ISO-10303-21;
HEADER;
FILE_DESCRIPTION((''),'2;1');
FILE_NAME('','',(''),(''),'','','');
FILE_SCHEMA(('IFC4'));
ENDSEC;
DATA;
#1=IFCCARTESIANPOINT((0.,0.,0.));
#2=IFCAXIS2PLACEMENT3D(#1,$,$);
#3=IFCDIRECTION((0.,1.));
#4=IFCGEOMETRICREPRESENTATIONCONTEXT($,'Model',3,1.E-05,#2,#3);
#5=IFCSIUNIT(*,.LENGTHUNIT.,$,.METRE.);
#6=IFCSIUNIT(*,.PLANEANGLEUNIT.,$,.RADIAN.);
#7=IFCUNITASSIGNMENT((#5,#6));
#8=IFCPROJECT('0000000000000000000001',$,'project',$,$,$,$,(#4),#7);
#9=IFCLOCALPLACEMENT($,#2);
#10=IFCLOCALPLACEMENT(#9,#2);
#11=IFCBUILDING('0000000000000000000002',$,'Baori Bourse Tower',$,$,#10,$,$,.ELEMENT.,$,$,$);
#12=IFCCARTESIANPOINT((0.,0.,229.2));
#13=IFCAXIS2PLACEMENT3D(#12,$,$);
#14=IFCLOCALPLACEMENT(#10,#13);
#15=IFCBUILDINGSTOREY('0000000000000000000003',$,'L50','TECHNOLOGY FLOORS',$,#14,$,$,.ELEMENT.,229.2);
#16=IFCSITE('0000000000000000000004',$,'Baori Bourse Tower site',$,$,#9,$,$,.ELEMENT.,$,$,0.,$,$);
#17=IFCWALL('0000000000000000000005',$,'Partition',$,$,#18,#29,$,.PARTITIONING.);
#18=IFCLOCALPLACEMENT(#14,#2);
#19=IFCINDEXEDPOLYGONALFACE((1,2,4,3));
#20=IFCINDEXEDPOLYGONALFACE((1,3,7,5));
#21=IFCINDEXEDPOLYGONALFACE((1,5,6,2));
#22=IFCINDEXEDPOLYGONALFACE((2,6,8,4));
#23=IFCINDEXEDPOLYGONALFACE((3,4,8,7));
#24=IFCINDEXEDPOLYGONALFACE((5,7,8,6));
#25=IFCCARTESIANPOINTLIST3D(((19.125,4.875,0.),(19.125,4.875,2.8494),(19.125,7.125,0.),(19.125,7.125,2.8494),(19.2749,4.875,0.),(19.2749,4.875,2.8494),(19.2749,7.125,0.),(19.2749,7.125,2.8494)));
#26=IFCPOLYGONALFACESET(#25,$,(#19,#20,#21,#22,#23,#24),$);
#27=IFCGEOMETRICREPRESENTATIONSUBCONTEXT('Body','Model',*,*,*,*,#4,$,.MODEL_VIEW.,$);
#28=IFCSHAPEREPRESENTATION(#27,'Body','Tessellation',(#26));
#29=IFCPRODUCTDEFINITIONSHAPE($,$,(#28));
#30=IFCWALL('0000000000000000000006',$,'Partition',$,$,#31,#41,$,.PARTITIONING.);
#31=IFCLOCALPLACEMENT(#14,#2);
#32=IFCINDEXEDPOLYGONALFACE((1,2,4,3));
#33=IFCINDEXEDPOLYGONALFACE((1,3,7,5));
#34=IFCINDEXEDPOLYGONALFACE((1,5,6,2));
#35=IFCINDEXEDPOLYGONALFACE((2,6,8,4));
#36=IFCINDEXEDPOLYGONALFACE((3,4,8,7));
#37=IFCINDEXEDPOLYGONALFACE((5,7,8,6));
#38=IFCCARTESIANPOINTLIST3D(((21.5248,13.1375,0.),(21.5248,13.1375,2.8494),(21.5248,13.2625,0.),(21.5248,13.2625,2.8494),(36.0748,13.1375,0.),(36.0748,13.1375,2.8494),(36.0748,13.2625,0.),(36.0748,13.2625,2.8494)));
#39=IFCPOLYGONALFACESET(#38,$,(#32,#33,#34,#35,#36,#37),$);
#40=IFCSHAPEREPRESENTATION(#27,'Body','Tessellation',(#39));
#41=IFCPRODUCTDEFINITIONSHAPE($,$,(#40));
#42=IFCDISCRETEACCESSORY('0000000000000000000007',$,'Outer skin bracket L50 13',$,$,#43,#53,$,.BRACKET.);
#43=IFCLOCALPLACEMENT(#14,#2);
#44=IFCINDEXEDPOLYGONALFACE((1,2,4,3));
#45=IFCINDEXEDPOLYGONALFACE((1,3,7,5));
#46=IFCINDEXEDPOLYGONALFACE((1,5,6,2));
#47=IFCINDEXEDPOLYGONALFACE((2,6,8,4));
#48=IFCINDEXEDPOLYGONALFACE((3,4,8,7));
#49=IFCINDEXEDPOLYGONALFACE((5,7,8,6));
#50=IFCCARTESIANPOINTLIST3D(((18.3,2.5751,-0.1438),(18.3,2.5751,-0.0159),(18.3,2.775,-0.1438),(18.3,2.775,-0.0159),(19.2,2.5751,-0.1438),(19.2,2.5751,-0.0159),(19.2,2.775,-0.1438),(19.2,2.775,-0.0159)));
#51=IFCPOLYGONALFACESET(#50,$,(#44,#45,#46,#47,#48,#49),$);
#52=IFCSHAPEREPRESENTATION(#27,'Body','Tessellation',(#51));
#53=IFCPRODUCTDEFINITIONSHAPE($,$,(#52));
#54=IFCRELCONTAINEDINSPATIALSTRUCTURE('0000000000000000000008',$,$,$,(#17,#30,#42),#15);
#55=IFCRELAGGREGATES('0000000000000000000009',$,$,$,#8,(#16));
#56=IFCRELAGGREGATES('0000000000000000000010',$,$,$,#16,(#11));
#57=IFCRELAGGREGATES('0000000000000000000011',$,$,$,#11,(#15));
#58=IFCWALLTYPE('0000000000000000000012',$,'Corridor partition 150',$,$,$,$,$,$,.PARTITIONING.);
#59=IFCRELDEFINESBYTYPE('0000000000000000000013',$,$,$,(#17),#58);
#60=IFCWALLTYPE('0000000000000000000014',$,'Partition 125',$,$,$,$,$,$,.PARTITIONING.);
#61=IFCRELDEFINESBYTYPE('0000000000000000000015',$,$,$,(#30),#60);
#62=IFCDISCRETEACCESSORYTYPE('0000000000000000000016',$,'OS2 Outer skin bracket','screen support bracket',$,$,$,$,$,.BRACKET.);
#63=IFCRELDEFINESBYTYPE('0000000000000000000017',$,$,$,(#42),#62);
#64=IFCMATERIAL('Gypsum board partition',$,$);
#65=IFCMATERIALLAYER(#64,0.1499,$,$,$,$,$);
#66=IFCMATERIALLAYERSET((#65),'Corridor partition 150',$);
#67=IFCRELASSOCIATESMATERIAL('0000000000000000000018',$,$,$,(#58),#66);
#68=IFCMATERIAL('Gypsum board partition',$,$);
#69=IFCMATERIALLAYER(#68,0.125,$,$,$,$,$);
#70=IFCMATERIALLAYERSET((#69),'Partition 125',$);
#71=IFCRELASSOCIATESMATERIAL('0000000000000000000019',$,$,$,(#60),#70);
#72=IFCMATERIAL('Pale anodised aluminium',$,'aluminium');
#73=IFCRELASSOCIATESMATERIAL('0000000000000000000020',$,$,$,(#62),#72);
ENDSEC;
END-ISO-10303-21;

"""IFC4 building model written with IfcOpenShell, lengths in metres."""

from ifc_helpers import new_model, si_unit, direction, frame, frame_2d, origin, origin_2d, place, context, subcontext, project, spatial, rectangle, extrude, material, layer, layer_set, type_object, element, save


model = new_model("IFC4")

# Units and contexts
model_context = context("Model", 3, precision=1e-05, world=origin(), true_north=direction((0.0, 1.0)))
body_context = subcontext(model_context, "Body", "Model", "MODEL_VIEW")
ifc_project = project(units=[si_unit("LENGTHUNIT", "METRE"), si_unit("PLANEANGLEUNIT", "RADIAN")], contexts=[model_context])

# Site, building, storey
site_placement = place(None, origin())
site = spatial("IfcSite", under=ifc_project, at=site_placement, Name="Baori Bourse Tower site", CompositionType="ELEMENT", RefElevation=0.0)
building_placement = place(site_placement, origin())
building = spatial("IfcBuilding", under=site, at=building_placement, Name="Baori Bourse Tower", CompositionType="ELEMENT")
storey_placement = place(building_placement, frame((0.0, 0.0, 229.2)))
storey = spatial("IfcBuildingStorey", under=building, at=storey_placement, Name="L50", Description="TECHNOLOGY FLOORS", CompositionType="ELEMENT", Elevation=229.2)

# Shared definitions
ifc_material_1 = material(Name="Gypsum board partition")
ifc_layer_1 = layer(ifc_material_1, 0.1499)
ifc_layer_set_1 = layer_set([ifc_layer_1], Name="Corridor partition 150")
wall_type_1 = type_object("IfcWallType", Name="Corridor partition 150", PredefinedType="PARTITIONING", material=ifc_layer_set_1)

# Walls
wall_1_placement = place(storey_placement, frame((19.2, 4.875, 0.0), z_axis=(0.0, 0.0, 1.0), x_axis=(0.0, 1.0, 0.0)))
element("IfcWall", 1, at=wall_1_placement, inside=storey, type_object=wall_type_1, Name="Partition", PredefinedType="PARTITIONING", context=body_context, shape_type="SweptSolid", body=[
    extrude(rectangle(XDim=2.25, YDim=0.1499, at=frame_2d((1.125, 0.0))), origin(), (0.0, 0.0, 1.0), 2.8494),
])
ifc_material_2 = material(Name="Gypsum board partition")
ifc_layer_2 = layer(ifc_material_2, 0.125)
ifc_layer_set_2 = layer_set([ifc_layer_2], Name="Partition 125")
wall_type_2 = type_object("IfcWallType", Name="Partition 125", PredefinedType="PARTITIONING", material=ifc_layer_set_2)
wall_2_placement = place(storey_placement, frame((21.5249, 13.2, 0.0), z_axis=(0.0, 0.0, 1.0), x_axis=(1.0, 0.0, 0.0)))
element("IfcWall", 2, at=wall_2_placement, inside=storey, type_object=wall_type_2, Name="Partition", PredefinedType="PARTITIONING", context=body_context, shape_type="SweptSolid", body=[
    extrude(rectangle(XDim=14.55, YDim=0.125, at=frame_2d((7.2749, 0.0))), origin(), (0.0, 0.0, 1.0), 2.8494),
])

# Discrete accessory
ifc_material_3 = material(Name="Pale anodised aluminium", Category="aluminium")
discrete_accessory_type = type_object("IfcDiscreteAccessoryType", Name="OS2 Outer skin bracket", Description="screen support bracket", PredefinedType="BRACKET", material=ifc_material_3)
discrete_accessory_placement = place(storey_placement, frame((18.75, 2.675, -0.1438), z_axis=(0.0, 0.0, 1.0), x_axis=(0.0, -1.0, 0.0)))
element("IfcDiscreteAccessory", 3, at=discrete_accessory_placement, inside=storey, type_object=discrete_accessory_type, Name="Outer skin bracket L50 13", PredefinedType="BRACKET", context=body_context, shape_type="SweptSolid", body=[
    extrude(rectangle(XDim=0.2, YDim=0.8999, at=origin_2d()), origin(), (0.0, 0.0, 1.0), 0.1279),
])

save(model, "model.ifc")
